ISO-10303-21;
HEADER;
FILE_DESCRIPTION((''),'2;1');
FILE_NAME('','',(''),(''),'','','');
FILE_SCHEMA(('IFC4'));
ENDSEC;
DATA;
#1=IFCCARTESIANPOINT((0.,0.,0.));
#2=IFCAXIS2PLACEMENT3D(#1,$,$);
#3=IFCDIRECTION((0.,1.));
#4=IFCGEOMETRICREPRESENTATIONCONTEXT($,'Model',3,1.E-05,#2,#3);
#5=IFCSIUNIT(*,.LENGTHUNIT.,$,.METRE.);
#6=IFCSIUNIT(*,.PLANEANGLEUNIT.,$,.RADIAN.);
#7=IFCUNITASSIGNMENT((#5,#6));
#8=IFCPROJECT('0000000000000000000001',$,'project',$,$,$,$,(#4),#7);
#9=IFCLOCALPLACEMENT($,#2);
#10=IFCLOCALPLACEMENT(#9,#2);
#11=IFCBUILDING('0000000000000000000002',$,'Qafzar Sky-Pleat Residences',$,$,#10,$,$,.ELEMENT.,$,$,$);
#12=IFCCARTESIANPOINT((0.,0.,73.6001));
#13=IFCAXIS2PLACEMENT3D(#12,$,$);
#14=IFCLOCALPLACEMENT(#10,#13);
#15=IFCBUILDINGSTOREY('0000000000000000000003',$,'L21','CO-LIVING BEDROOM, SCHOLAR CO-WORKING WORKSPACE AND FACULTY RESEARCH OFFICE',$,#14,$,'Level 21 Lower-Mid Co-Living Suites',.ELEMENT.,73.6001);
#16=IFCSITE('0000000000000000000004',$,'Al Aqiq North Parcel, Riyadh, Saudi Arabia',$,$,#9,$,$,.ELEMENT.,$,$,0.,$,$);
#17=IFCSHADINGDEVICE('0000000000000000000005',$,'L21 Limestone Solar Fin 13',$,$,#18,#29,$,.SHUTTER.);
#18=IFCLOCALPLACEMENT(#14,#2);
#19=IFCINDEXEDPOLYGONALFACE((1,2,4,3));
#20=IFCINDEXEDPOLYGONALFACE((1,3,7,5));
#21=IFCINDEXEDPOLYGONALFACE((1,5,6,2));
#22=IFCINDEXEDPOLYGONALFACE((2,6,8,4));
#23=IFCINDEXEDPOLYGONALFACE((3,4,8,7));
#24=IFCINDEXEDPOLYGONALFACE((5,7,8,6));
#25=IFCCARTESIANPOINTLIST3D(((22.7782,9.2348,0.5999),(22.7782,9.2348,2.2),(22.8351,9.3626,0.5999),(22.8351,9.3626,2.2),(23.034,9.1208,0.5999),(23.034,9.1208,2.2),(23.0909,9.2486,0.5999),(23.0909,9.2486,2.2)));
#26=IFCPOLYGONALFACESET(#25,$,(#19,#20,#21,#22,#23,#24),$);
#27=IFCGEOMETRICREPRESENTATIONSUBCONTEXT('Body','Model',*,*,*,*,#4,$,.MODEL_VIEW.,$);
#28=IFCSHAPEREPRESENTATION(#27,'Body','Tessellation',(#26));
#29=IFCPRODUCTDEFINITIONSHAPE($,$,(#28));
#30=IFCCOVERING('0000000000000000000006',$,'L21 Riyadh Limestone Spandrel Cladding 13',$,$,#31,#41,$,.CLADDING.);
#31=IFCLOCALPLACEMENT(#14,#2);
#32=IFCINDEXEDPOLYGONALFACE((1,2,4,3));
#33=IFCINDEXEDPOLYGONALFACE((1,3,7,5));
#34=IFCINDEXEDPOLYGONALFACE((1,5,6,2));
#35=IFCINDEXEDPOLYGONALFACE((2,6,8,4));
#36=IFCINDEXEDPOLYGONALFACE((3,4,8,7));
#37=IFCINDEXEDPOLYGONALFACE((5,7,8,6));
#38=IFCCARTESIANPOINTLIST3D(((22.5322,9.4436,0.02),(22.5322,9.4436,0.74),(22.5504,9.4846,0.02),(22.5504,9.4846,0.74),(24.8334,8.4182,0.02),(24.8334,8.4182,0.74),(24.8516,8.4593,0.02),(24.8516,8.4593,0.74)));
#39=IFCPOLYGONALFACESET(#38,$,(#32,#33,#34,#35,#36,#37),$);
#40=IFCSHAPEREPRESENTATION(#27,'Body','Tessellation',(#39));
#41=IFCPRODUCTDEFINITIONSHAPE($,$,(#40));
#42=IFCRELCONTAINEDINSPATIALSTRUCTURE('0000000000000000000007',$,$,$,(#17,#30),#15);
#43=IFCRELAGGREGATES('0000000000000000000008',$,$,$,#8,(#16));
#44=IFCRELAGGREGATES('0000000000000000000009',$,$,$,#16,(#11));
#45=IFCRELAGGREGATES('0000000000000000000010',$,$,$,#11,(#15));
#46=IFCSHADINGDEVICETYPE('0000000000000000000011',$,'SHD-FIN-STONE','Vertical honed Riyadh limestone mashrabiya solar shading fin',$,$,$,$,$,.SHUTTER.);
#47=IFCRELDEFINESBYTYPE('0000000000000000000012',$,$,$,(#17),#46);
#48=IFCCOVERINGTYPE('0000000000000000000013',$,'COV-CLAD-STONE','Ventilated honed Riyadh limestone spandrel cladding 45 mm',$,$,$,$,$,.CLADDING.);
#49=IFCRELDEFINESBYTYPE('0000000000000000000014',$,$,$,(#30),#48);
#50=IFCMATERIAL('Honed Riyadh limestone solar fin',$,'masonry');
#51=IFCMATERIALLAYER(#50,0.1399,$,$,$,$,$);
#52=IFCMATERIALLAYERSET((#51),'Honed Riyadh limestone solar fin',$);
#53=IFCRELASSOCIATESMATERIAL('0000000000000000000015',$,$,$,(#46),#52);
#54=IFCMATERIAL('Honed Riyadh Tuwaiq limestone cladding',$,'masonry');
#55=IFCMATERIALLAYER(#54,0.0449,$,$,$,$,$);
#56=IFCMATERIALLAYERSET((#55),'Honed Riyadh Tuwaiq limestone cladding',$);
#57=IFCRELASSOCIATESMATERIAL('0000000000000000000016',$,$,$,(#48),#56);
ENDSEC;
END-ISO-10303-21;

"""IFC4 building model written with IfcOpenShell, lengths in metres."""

from ifc_helpers import new_model, si_unit, direction, frame, origin, origin_2d, place, context, subcontext, project, spatial, rectangle, extrude, source, transform, mapped, material, layer, layer_set, type_object, element, save


model = new_model("IFC4")

# Units and contexts
model_context = context("Model", 3, precision=1e-05, world=origin(), true_north=direction((0.0, 1.0)))
body_context = subcontext(model_context, "Body", "Model", "MODEL_VIEW")
ifc_project = project(units=[si_unit("LENGTHUNIT", "METRE"), si_unit("PLANEANGLEUNIT", "RADIAN")], contexts=[model_context])

# Site, building, storey
site_placement = place(None, origin())
site = spatial("IfcSite", under=ifc_project, at=site_placement, Name="Al Aqiq North Parcel, Riyadh, Saudi Arabia", CompositionType="ELEMENT", RefElevation=0.0)
building_placement = place(site_placement, origin())
building = spatial("IfcBuilding", under=site, at=building_placement, Name="Qafzar Sky-Pleat Residences", CompositionType="ELEMENT")
storey_placement = place(building_placement, frame((0.0, 0.0, 73.6001)))
storey = spatial("IfcBuildingStorey", under=building, at=storey_placement, Name="L21", Description="CO-LIVING BEDROOM, SCHOLAR CO-WORKING WORKSPACE AND FACULTY RESEARCH OFFICE", LongName="Level 21 Lower-Mid Co-Living Suites", CompositionType="ELEMENT", Elevation=73.6001)

# Shading device
ifc_material_1 = material(Name="Honed Riyadh limestone solar fin", Category="masonry")
ifc_layer_1 = layer(ifc_material_1, 0.1399)
ifc_layer_set_1 = layer_set([ifc_layer_1], Name="Honed Riyadh limestone solar fin")
shading_device_type = type_object("IfcShadingDeviceType", Name="SHD-FIN-STONE", Description="Vertical honed Riyadh limestone mashrabiya solar shading fin", PredefinedType="SHUTTER", material=ifc_layer_set_1)
shared_shape_1 = source(origin(), body_context, "Body", "SweptSolid", [
    extrude(rectangle(XDim=0.1399, YDim=0.28, at=origin_2d()), origin(), (0.0, 0.0, 1.0), 1.6001),
])
shading_device_placement = place(storey_placement, frame((22.9346, 9.2417, 0.5999), z_axis=(0.0, 0.0, 1.0), x_axis=(-0.406987, -0.913434, 0.0)))
element("IfcShadingDevice", 1, at=shading_device_placement, inside=storey, type_object=shading_device_type, Name="L21 Limestone Solar Fin 13", PredefinedType="SHUTTER", context=body_context, shape_type="MappedRepresentation", body=[
    mapped(shared_shape_1, transform((0.0, 0.0, 0.0), x_axis=(1.0, 0.0, 0.0), y_axis=(0.0, 1.0, 0.0), z_axis=(0.0, 0.0, 1.0), scale=1.0)),
])

# Covering
ifc_material_2 = material(Name="Honed Riyadh Tuwaiq limestone cladding", Category="masonry")
ifc_layer_2 = layer(ifc_material_2, 0.0449)
ifc_layer_set_2 = layer_set([ifc_layer_2], Name="Honed Riyadh Tuwaiq limestone cladding")
covering_type = type_object("IfcCoveringType", Name="COV-CLAD-STONE", Description="Ventilated honed Riyadh limestone spandrel cladding 45 mm", PredefinedType="CLADDING", material=ifc_layer_set_2)
shared_shape_2 = source(origin(), body_context, "Body", "SweptSolid", [
    extrude(rectangle(XDim=2.5193, YDim=0.0449, at=origin_2d()), origin(), (0.0, 0.0, 1.0), 0.72),
])
covering_placement = place(storey_placement, frame((23.6919, 8.9514, 0.02), z_axis=(0.0, 0.0, 1.0), x_axis=(0.913434, -0.406987, 0.0)))
element("IfcCovering", 2, at=covering_placement, inside=storey, type_object=covering_type, Name="L21 Riyadh Limestone Spandrel Cladding 13", PredefinedType="CLADDING", context=body_context, shape_type="MappedRepresentation", body=[
    mapped(shared_shape_2, transform((0.0, 0.0, 0.0), x_axis=(1.0, 0.0, 0.0), y_axis=(0.0, 1.0, 0.0), z_axis=(0.0, 0.0, 1.0), scale=1.0)),
])

save(model, "model.ifc")
